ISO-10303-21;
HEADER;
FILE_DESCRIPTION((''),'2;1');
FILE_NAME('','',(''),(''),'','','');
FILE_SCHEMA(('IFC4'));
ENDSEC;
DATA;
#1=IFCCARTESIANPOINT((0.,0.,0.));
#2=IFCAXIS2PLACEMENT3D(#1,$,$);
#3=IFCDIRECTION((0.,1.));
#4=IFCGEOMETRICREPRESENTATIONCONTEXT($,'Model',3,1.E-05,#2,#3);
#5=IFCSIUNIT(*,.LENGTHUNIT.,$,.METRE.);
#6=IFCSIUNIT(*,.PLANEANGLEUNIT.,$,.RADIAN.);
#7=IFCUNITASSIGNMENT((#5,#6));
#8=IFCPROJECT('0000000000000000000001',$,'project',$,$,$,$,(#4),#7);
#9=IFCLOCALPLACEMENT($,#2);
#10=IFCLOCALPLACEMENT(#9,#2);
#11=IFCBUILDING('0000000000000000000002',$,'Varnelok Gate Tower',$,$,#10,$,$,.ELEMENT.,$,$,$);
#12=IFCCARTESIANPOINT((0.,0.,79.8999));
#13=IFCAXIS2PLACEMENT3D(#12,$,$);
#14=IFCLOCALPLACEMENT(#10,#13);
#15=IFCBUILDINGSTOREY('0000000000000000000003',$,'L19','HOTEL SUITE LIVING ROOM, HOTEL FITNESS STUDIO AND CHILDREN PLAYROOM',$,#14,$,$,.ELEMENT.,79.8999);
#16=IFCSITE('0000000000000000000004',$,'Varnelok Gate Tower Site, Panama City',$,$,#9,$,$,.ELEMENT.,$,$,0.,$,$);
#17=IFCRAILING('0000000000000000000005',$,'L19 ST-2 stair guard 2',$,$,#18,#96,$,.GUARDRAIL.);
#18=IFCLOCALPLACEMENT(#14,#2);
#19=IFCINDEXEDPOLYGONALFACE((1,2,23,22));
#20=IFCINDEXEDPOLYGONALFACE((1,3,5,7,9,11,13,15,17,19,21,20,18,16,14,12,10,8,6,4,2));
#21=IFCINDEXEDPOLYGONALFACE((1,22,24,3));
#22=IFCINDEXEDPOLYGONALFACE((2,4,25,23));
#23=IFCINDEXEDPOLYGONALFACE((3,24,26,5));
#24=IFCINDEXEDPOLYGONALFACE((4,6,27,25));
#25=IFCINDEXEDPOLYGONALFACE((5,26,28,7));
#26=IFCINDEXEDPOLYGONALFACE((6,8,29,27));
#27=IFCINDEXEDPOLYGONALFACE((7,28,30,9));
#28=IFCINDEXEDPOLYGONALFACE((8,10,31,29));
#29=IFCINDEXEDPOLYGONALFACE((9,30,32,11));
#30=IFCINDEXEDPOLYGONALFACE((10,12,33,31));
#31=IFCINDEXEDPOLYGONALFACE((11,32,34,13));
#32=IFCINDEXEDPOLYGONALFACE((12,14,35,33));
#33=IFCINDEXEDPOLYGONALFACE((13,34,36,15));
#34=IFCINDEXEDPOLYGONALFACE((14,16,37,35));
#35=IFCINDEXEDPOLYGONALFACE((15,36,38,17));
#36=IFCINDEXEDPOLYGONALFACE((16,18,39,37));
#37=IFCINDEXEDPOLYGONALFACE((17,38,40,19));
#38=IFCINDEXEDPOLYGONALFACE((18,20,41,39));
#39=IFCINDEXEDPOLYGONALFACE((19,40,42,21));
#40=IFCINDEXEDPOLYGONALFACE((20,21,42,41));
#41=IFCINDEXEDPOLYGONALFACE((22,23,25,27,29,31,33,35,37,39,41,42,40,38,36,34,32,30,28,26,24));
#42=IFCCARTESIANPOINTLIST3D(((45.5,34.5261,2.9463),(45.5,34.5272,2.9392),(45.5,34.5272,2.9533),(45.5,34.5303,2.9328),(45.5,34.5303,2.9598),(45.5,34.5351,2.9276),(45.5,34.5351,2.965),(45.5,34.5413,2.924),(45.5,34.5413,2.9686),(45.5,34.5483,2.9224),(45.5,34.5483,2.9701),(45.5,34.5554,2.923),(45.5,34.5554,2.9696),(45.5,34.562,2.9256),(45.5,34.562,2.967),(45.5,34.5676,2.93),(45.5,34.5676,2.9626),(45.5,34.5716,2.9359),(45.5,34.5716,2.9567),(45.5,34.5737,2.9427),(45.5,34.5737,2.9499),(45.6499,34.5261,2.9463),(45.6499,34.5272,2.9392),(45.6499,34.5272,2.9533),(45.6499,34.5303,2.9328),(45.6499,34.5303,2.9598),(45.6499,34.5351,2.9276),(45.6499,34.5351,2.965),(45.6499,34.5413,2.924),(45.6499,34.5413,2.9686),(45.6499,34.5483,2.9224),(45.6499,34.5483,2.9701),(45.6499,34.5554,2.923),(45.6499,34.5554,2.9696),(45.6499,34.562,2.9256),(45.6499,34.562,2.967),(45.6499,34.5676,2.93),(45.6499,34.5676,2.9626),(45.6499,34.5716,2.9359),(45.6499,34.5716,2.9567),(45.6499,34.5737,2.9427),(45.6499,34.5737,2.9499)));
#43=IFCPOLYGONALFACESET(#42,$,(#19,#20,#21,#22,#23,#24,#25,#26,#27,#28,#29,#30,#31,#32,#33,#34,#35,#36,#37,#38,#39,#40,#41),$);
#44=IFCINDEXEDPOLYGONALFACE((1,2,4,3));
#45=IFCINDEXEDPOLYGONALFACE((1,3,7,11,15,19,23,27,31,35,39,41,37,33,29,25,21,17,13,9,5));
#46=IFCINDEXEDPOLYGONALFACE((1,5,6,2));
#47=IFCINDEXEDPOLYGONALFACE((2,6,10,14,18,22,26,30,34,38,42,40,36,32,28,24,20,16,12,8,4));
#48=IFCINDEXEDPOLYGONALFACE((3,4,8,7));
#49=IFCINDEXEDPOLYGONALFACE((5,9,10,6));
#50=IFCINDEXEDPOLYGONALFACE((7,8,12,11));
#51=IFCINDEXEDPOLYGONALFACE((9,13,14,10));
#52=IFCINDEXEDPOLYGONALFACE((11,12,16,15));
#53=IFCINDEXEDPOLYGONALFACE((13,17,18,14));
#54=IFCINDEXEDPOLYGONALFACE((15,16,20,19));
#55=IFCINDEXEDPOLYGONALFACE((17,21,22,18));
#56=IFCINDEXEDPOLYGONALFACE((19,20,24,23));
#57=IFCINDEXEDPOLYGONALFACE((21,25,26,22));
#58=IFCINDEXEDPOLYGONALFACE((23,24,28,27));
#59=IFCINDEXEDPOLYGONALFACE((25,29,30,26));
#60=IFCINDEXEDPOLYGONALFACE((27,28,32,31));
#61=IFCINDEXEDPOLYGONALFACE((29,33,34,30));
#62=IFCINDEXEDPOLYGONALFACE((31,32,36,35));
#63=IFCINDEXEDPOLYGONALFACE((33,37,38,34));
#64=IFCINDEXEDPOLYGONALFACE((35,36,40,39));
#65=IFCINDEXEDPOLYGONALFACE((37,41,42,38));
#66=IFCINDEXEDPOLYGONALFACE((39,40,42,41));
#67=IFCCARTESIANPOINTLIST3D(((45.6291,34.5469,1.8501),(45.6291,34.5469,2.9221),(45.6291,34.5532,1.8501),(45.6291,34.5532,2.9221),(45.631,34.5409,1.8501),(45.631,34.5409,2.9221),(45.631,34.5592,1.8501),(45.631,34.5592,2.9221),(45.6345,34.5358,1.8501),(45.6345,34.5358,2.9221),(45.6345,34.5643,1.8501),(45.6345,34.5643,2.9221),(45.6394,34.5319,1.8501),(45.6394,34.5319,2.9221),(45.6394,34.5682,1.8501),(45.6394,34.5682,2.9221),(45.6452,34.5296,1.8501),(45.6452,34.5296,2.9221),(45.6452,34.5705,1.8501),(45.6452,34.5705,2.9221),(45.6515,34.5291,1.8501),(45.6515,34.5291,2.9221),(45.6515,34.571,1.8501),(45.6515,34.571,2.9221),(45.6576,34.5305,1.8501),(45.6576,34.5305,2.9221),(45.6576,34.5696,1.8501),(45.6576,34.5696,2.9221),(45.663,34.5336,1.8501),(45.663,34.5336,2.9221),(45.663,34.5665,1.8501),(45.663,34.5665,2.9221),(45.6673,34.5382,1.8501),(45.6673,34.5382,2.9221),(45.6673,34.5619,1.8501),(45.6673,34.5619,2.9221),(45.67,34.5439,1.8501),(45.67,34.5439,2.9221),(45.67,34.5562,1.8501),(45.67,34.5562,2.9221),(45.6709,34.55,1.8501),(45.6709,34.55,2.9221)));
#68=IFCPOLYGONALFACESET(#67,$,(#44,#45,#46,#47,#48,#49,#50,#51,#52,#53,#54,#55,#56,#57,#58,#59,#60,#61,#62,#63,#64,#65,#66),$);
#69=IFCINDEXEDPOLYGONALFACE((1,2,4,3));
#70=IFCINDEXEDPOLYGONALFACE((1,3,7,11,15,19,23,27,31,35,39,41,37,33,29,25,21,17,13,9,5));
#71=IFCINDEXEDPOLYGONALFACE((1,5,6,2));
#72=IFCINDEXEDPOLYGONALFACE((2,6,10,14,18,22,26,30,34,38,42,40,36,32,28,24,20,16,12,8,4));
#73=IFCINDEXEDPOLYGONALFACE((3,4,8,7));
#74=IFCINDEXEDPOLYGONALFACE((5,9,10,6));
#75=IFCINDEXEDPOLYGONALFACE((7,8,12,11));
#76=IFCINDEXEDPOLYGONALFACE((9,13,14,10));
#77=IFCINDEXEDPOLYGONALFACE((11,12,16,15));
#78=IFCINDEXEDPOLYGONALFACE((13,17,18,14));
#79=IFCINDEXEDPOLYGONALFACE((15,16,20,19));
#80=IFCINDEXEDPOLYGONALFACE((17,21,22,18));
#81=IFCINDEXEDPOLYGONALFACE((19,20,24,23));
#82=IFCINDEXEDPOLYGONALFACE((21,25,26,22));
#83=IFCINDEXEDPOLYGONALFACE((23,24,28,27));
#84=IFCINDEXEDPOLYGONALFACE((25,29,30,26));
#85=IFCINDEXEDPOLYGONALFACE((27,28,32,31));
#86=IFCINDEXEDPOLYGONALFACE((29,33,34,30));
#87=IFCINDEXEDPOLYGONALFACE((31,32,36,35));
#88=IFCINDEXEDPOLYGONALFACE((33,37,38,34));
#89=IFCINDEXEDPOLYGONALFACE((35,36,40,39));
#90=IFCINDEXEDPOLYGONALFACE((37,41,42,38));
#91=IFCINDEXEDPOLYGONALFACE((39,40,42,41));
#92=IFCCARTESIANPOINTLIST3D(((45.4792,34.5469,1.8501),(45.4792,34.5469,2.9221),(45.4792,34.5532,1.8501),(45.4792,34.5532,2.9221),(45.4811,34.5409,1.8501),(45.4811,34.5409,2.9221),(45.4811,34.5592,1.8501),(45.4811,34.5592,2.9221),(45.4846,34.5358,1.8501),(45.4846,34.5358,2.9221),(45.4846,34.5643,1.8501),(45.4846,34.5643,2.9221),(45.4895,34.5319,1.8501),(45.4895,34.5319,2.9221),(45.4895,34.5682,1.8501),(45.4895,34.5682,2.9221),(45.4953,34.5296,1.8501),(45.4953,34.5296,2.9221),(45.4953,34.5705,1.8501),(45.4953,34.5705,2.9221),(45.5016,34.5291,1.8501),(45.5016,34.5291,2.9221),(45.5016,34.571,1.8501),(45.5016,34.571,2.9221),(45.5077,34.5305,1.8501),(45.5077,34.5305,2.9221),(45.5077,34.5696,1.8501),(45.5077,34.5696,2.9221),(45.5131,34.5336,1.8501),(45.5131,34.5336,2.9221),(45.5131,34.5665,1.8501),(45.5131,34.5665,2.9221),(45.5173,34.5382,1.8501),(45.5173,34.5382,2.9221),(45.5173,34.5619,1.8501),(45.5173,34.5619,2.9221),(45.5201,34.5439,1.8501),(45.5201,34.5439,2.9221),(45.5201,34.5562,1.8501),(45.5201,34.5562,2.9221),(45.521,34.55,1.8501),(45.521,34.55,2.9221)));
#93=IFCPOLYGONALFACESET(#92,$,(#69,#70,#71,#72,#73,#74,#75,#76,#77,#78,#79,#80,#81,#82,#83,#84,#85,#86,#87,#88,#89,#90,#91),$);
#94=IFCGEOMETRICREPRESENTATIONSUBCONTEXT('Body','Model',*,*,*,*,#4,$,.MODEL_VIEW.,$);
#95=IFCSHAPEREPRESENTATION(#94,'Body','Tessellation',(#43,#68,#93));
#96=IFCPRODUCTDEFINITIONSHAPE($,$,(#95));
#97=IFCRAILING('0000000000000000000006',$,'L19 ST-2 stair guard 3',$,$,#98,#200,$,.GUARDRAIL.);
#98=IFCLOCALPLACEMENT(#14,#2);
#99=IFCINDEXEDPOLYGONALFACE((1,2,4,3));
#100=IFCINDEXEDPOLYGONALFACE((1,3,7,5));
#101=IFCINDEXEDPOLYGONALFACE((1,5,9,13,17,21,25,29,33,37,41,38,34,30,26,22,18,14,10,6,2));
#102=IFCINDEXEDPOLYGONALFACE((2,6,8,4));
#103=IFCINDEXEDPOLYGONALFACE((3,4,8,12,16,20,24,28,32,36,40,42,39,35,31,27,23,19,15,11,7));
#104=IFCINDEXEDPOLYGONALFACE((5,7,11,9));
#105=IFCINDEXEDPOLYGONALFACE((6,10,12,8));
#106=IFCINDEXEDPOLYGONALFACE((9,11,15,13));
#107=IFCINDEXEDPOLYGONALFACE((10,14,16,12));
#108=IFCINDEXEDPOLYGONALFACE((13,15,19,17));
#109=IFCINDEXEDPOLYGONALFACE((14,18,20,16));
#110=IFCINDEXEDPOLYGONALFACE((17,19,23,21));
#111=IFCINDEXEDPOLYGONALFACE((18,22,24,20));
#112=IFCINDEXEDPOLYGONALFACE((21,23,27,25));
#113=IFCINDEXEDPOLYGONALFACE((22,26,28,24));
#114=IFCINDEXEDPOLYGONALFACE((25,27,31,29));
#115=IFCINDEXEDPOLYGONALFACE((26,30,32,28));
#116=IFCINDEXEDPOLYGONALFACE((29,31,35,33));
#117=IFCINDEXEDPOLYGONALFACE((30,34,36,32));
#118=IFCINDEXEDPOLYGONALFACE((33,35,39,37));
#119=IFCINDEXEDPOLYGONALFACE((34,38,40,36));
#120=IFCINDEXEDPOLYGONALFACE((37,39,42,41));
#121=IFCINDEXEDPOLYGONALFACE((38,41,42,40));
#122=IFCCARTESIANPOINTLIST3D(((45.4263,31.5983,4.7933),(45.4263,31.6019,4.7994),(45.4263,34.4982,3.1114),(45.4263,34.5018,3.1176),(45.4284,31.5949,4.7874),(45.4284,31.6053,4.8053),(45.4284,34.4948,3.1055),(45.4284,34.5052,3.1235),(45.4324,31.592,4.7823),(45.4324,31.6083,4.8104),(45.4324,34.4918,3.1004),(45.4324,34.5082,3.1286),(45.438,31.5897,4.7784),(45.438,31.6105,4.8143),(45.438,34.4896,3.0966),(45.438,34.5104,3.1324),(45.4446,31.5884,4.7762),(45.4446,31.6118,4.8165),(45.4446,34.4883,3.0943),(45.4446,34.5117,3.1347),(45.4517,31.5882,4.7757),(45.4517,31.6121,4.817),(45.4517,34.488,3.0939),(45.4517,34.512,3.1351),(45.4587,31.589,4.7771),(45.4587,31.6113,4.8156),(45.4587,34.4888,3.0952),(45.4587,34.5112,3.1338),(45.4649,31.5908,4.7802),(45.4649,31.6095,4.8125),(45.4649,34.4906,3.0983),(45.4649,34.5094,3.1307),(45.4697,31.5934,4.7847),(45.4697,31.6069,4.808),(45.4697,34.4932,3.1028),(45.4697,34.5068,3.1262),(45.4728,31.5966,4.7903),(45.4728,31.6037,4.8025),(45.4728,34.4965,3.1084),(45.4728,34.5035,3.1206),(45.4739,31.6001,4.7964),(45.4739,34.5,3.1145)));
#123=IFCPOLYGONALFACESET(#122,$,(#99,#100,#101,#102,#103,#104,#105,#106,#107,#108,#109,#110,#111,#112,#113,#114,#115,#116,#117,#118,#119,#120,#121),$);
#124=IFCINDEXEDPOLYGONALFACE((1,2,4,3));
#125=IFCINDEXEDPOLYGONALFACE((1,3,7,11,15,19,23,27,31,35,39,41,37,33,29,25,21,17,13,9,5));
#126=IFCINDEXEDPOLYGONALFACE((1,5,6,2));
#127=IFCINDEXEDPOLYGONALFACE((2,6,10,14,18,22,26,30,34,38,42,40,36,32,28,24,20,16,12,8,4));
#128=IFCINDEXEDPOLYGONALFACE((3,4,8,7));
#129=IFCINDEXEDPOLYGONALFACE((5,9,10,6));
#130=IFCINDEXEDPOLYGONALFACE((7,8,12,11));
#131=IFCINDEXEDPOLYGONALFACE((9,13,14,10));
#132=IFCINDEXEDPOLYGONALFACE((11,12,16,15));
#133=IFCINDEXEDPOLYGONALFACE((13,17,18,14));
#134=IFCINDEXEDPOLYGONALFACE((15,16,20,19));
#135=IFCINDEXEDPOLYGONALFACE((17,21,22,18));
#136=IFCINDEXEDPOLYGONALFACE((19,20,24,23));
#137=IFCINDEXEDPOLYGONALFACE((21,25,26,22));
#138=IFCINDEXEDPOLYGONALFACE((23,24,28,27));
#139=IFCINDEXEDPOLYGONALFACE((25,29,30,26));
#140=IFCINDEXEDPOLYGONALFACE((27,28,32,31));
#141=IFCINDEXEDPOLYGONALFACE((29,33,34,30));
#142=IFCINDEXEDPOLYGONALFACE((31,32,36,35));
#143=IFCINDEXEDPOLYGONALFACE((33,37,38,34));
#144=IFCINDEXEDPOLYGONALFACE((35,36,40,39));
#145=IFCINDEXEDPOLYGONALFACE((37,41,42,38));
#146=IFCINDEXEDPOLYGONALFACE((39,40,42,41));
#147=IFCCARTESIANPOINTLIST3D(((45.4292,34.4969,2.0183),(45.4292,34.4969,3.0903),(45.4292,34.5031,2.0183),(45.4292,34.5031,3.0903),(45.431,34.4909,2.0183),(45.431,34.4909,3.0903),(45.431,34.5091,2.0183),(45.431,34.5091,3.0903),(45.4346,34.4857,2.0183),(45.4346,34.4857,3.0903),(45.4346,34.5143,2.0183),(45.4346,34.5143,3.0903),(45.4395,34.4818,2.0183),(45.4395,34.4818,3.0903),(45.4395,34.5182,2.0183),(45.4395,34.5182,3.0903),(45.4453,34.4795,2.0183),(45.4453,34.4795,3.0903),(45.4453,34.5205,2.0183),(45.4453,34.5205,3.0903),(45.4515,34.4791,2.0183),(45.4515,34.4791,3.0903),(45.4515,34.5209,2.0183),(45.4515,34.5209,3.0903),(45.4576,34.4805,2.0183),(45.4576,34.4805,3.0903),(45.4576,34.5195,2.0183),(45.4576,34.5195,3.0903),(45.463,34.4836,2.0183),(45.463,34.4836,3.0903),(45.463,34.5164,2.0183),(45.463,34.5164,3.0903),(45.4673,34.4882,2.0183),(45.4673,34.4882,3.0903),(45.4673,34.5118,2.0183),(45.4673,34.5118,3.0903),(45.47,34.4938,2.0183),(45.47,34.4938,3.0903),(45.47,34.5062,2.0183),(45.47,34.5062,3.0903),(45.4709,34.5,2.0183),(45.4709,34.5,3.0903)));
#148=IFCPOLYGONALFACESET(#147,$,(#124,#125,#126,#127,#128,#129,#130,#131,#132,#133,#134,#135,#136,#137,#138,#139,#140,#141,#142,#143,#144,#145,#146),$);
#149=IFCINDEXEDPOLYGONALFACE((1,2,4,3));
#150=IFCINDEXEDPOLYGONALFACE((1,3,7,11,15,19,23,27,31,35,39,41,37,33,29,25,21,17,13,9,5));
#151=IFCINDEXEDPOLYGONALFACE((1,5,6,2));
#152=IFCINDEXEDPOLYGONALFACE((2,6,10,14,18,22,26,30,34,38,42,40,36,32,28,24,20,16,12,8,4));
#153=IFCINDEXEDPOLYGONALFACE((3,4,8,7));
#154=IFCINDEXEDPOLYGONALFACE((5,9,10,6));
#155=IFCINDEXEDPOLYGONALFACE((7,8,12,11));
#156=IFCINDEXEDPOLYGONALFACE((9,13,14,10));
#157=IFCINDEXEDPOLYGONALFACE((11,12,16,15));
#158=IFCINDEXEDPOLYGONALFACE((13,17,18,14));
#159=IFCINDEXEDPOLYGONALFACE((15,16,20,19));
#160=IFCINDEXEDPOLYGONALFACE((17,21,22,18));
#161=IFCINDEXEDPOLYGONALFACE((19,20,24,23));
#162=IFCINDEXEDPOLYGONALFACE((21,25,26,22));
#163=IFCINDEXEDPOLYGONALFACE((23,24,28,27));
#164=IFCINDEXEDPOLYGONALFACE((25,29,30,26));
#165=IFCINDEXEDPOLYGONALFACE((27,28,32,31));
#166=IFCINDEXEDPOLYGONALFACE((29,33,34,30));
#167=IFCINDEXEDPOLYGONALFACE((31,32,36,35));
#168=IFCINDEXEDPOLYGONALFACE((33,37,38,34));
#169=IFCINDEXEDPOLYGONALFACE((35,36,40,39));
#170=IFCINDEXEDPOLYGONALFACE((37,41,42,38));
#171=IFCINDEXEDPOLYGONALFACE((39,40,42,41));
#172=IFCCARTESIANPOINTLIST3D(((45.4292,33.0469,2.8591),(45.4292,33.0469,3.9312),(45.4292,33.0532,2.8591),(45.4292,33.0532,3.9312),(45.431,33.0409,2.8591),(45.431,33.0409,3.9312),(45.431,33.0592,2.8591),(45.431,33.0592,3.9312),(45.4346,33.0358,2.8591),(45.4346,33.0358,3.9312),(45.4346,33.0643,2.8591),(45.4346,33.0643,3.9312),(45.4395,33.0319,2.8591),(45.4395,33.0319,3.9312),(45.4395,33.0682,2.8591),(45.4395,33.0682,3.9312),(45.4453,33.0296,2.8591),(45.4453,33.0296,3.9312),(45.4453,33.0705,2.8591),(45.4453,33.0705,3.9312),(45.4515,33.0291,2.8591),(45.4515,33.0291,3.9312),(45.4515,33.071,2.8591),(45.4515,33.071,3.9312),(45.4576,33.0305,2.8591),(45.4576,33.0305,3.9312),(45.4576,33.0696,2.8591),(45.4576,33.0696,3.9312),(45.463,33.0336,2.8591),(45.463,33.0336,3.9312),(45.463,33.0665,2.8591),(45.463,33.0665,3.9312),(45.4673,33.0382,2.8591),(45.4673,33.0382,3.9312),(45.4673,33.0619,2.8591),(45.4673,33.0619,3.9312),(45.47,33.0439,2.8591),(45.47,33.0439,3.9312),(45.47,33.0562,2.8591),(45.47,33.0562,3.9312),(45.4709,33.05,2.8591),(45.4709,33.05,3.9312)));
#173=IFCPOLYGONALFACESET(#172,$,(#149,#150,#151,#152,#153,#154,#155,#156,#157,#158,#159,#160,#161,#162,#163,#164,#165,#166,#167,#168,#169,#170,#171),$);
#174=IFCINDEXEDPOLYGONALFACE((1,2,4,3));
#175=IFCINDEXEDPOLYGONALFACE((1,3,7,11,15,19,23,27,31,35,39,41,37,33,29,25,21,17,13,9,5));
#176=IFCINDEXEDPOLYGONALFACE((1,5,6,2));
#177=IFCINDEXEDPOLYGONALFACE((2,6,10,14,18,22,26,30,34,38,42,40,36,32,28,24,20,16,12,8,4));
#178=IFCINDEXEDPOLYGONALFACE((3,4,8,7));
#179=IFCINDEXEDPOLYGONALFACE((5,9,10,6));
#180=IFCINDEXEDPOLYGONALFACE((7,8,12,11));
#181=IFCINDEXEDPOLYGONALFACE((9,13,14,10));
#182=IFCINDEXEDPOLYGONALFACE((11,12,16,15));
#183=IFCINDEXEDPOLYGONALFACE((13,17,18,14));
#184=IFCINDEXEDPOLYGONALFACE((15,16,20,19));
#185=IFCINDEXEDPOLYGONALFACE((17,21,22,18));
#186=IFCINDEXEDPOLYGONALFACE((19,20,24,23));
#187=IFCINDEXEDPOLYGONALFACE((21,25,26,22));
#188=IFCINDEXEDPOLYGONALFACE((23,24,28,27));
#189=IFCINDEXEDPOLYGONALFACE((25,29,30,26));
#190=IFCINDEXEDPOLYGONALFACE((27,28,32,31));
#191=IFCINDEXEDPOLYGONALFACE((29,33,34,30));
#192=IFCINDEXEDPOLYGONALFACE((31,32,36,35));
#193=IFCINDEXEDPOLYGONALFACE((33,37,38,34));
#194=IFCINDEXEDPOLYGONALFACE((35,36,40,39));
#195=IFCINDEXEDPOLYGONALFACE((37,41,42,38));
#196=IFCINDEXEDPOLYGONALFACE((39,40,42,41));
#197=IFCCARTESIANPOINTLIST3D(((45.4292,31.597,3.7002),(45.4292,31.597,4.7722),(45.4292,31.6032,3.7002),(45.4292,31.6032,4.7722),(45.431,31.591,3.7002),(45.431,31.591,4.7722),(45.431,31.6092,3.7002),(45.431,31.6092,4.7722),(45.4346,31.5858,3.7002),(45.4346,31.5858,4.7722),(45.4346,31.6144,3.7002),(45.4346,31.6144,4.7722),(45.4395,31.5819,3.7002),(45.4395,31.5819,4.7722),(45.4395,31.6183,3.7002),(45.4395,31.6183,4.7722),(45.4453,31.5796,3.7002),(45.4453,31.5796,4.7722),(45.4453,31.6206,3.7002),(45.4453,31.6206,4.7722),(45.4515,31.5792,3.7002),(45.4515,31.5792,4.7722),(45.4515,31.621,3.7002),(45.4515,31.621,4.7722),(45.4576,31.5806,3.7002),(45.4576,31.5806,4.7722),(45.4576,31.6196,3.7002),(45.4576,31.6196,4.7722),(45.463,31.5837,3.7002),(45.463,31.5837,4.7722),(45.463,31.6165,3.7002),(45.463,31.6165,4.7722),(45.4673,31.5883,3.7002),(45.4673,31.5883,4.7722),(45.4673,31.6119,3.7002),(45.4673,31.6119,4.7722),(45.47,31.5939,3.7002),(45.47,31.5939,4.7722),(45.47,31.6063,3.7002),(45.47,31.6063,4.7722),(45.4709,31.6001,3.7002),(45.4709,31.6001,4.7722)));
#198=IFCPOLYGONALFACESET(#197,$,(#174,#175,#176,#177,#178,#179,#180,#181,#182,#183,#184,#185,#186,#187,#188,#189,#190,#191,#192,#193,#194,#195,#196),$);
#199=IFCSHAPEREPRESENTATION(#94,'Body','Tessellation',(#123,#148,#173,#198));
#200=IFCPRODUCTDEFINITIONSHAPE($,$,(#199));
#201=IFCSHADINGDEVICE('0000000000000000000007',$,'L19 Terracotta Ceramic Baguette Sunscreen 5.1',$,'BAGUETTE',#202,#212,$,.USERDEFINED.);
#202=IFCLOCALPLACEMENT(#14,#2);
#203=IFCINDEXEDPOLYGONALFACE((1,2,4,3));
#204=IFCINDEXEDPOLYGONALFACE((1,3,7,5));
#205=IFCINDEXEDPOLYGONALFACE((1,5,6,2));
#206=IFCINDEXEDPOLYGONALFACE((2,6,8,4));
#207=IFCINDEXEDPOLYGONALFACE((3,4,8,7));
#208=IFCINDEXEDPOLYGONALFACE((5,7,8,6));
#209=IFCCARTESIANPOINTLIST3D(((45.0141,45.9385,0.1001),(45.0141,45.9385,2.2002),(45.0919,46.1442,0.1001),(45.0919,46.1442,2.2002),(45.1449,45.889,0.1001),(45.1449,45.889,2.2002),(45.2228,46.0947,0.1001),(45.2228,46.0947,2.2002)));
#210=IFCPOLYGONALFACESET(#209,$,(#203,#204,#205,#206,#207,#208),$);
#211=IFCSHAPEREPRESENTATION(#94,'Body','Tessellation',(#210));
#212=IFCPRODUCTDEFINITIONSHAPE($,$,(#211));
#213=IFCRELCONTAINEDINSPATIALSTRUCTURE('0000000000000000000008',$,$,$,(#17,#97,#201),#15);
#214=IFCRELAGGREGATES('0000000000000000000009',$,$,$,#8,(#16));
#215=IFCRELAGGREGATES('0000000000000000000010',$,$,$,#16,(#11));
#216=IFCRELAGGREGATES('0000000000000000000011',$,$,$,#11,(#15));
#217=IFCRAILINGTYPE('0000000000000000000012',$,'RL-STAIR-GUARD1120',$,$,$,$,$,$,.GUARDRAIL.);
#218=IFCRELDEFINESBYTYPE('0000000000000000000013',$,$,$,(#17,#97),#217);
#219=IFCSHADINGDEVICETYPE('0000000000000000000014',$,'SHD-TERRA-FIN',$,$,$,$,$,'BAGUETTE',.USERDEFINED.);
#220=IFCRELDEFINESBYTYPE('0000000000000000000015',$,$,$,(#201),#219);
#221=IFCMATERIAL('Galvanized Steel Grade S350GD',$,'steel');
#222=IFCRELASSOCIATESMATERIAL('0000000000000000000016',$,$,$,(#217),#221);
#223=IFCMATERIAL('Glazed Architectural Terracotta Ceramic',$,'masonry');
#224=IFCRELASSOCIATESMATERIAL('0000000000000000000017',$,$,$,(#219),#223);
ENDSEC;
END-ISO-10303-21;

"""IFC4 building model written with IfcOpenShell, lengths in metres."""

from ifc_helpers import new_model, si_unit, direction, frame, origin, origin_2d, place, context, subcontext, project, spatial, rectangle, circle, extrude, source, transform, mapped, material, type_object, element, save


model = new_model("IFC4")

# Units and contexts
model_context = context("Model", 3, precision=1e-05, world=origin(), true_north=direction((0.0, 1.0)))
body_context = subcontext(model_context, "Body", "Model", "MODEL_VIEW")
ifc_project = project(units=[si_unit("LENGTHUNIT", "METRE"), si_unit("PLANEANGLEUNIT", "RADIAN")], contexts=[model_context])

# Site, building, storey
site_placement = place(None, origin())
site = spatial("IfcSite", under=ifc_project, at=site_placement, Name="Varnelok Gate Tower Site, Panama City", CompositionType="ELEMENT", RefElevation=0.0)
building_placement = place(site_placement, origin())
building = spatial("IfcBuilding", under=site, at=building_placement, Name="Varnelok Gate Tower", CompositionType="ELEMENT")
storey_placement = place(building_placement, frame((0.0, 0.0, 79.8999)))
storey = spatial("IfcBuildingStorey", under=building, at=storey_placement, Name="L19", Description="HOTEL SUITE LIVING ROOM, HOTEL FITNESS STUDIO AND CHILDREN PLAYROOM", CompositionType="ELEMENT", Elevation=79.8999)

# Shared definitions
ifc_material_1 = material(Name="Galvanized Steel Grade S350GD", Category="steel")

# Railings
railing_type_1 = type_object("IfcRailingType", Name="RL-STAIR-GUARD1120", PredefinedType="GUARDRAIL", material=ifc_material_1)
railing_1_placement = place(storey_placement, frame((45.6499, 34.55, 1.8501)))
element("IfcRailing", 1, at=railing_1_placement, inside=storey, type_object=railing_type_1, Name="L19 ST-2 stair guard 2", PredefinedType="GUARDRAIL", context=body_context, shape_type="SweptSolid", body=[
    extrude(circle(Radius=0.0239, at=origin_2d()), frame((0.0, 0.0, 1.0962), z_axis=(-1.0, 0.0, 0.0), x_axis=(0.0, -1.0, 0.0)), (0.0, 0.0, 1.0), 0.1499),
    extrude(circle(Radius=0.021, at=origin_2d()), origin(), (0.0, 0.0, 1.0), 1.072),
    extrude(circle(Radius=0.021, at=origin_2d()), frame((-0.1499, 0.0, 0.0)), (0.0, 0.0, 1.0), 1.072),
])
railing_2_placement = place(storey_placement, frame((45.45, 34.5, 2.0183)))
element("IfcRailing", 2, at=railing_2_placement, inside=storey, type_object=railing_type_1, Name="L19 ST-2 stair guard 3", PredefinedType="GUARDRAIL", context=body_context, shape_type="SweptSolid", body=[
    extrude(circle(Radius=0.0239, at=origin_2d()), frame((0.0, 0.0, 1.0962), z_axis=(0.0, -0.865039, 0.501705), x_axis=(1.0, 0.0, 0.0)), (0.0, 0.0, 1.0), 3.3523),
    extrude(circle(Radius=0.021, at=origin_2d()), origin(), (0.0, 0.0, 1.0), 1.072),
    extrude(circle(Radius=0.021, at=origin_2d()), frame((0.0, -1.45, 0.8408)), (0.0, 0.0, 1.0), 1.072),
    extrude(circle(Radius=0.021, at=origin_2d()), frame((0.0, -2.8999, 1.6819)), (0.0, 0.0, 1.0), 1.072),
])

# Shading device
ifc_material_2 = material(Name="Glazed Architectural Terracotta Ceramic", Category="masonry")
shading_device_type = type_object("IfcShadingDeviceType", Name="SHD-TERRA-FIN", ElementType="BAGUETTE", PredefinedType="USERDEFINED", material=ifc_material_2)
shared_shape_1 = source(origin(), body_context, "Body", "SweptSolid", [
    extrude(rectangle(XDim=0.1399, YDim=0.22, at=origin_2d()), origin(), (0.0, 0.0, 1.0), 2.1001),
])
shading_device_placement = place(storey_placement, frame((45.1184, 46.0166, 0.1001), z_axis=(0.0, 0.0, 1.0), x_axis=(0.935222, -0.354063, 0.0)))
element("IfcShadingDevice", 3, at=shading_device_placement, inside=storey, type_object=shading_device_type, Name="L19 Terracotta Ceramic Baguette Sunscreen 5.1", ObjectType="BAGUETTE", PredefinedType="USERDEFINED", context=body_context, shape_type="MappedRepresentation", body=[
    mapped(shared_shape_1, transform((0.0, 0.0, 0.0), scale=1.0)),
])

save(model, "model.ifc")
